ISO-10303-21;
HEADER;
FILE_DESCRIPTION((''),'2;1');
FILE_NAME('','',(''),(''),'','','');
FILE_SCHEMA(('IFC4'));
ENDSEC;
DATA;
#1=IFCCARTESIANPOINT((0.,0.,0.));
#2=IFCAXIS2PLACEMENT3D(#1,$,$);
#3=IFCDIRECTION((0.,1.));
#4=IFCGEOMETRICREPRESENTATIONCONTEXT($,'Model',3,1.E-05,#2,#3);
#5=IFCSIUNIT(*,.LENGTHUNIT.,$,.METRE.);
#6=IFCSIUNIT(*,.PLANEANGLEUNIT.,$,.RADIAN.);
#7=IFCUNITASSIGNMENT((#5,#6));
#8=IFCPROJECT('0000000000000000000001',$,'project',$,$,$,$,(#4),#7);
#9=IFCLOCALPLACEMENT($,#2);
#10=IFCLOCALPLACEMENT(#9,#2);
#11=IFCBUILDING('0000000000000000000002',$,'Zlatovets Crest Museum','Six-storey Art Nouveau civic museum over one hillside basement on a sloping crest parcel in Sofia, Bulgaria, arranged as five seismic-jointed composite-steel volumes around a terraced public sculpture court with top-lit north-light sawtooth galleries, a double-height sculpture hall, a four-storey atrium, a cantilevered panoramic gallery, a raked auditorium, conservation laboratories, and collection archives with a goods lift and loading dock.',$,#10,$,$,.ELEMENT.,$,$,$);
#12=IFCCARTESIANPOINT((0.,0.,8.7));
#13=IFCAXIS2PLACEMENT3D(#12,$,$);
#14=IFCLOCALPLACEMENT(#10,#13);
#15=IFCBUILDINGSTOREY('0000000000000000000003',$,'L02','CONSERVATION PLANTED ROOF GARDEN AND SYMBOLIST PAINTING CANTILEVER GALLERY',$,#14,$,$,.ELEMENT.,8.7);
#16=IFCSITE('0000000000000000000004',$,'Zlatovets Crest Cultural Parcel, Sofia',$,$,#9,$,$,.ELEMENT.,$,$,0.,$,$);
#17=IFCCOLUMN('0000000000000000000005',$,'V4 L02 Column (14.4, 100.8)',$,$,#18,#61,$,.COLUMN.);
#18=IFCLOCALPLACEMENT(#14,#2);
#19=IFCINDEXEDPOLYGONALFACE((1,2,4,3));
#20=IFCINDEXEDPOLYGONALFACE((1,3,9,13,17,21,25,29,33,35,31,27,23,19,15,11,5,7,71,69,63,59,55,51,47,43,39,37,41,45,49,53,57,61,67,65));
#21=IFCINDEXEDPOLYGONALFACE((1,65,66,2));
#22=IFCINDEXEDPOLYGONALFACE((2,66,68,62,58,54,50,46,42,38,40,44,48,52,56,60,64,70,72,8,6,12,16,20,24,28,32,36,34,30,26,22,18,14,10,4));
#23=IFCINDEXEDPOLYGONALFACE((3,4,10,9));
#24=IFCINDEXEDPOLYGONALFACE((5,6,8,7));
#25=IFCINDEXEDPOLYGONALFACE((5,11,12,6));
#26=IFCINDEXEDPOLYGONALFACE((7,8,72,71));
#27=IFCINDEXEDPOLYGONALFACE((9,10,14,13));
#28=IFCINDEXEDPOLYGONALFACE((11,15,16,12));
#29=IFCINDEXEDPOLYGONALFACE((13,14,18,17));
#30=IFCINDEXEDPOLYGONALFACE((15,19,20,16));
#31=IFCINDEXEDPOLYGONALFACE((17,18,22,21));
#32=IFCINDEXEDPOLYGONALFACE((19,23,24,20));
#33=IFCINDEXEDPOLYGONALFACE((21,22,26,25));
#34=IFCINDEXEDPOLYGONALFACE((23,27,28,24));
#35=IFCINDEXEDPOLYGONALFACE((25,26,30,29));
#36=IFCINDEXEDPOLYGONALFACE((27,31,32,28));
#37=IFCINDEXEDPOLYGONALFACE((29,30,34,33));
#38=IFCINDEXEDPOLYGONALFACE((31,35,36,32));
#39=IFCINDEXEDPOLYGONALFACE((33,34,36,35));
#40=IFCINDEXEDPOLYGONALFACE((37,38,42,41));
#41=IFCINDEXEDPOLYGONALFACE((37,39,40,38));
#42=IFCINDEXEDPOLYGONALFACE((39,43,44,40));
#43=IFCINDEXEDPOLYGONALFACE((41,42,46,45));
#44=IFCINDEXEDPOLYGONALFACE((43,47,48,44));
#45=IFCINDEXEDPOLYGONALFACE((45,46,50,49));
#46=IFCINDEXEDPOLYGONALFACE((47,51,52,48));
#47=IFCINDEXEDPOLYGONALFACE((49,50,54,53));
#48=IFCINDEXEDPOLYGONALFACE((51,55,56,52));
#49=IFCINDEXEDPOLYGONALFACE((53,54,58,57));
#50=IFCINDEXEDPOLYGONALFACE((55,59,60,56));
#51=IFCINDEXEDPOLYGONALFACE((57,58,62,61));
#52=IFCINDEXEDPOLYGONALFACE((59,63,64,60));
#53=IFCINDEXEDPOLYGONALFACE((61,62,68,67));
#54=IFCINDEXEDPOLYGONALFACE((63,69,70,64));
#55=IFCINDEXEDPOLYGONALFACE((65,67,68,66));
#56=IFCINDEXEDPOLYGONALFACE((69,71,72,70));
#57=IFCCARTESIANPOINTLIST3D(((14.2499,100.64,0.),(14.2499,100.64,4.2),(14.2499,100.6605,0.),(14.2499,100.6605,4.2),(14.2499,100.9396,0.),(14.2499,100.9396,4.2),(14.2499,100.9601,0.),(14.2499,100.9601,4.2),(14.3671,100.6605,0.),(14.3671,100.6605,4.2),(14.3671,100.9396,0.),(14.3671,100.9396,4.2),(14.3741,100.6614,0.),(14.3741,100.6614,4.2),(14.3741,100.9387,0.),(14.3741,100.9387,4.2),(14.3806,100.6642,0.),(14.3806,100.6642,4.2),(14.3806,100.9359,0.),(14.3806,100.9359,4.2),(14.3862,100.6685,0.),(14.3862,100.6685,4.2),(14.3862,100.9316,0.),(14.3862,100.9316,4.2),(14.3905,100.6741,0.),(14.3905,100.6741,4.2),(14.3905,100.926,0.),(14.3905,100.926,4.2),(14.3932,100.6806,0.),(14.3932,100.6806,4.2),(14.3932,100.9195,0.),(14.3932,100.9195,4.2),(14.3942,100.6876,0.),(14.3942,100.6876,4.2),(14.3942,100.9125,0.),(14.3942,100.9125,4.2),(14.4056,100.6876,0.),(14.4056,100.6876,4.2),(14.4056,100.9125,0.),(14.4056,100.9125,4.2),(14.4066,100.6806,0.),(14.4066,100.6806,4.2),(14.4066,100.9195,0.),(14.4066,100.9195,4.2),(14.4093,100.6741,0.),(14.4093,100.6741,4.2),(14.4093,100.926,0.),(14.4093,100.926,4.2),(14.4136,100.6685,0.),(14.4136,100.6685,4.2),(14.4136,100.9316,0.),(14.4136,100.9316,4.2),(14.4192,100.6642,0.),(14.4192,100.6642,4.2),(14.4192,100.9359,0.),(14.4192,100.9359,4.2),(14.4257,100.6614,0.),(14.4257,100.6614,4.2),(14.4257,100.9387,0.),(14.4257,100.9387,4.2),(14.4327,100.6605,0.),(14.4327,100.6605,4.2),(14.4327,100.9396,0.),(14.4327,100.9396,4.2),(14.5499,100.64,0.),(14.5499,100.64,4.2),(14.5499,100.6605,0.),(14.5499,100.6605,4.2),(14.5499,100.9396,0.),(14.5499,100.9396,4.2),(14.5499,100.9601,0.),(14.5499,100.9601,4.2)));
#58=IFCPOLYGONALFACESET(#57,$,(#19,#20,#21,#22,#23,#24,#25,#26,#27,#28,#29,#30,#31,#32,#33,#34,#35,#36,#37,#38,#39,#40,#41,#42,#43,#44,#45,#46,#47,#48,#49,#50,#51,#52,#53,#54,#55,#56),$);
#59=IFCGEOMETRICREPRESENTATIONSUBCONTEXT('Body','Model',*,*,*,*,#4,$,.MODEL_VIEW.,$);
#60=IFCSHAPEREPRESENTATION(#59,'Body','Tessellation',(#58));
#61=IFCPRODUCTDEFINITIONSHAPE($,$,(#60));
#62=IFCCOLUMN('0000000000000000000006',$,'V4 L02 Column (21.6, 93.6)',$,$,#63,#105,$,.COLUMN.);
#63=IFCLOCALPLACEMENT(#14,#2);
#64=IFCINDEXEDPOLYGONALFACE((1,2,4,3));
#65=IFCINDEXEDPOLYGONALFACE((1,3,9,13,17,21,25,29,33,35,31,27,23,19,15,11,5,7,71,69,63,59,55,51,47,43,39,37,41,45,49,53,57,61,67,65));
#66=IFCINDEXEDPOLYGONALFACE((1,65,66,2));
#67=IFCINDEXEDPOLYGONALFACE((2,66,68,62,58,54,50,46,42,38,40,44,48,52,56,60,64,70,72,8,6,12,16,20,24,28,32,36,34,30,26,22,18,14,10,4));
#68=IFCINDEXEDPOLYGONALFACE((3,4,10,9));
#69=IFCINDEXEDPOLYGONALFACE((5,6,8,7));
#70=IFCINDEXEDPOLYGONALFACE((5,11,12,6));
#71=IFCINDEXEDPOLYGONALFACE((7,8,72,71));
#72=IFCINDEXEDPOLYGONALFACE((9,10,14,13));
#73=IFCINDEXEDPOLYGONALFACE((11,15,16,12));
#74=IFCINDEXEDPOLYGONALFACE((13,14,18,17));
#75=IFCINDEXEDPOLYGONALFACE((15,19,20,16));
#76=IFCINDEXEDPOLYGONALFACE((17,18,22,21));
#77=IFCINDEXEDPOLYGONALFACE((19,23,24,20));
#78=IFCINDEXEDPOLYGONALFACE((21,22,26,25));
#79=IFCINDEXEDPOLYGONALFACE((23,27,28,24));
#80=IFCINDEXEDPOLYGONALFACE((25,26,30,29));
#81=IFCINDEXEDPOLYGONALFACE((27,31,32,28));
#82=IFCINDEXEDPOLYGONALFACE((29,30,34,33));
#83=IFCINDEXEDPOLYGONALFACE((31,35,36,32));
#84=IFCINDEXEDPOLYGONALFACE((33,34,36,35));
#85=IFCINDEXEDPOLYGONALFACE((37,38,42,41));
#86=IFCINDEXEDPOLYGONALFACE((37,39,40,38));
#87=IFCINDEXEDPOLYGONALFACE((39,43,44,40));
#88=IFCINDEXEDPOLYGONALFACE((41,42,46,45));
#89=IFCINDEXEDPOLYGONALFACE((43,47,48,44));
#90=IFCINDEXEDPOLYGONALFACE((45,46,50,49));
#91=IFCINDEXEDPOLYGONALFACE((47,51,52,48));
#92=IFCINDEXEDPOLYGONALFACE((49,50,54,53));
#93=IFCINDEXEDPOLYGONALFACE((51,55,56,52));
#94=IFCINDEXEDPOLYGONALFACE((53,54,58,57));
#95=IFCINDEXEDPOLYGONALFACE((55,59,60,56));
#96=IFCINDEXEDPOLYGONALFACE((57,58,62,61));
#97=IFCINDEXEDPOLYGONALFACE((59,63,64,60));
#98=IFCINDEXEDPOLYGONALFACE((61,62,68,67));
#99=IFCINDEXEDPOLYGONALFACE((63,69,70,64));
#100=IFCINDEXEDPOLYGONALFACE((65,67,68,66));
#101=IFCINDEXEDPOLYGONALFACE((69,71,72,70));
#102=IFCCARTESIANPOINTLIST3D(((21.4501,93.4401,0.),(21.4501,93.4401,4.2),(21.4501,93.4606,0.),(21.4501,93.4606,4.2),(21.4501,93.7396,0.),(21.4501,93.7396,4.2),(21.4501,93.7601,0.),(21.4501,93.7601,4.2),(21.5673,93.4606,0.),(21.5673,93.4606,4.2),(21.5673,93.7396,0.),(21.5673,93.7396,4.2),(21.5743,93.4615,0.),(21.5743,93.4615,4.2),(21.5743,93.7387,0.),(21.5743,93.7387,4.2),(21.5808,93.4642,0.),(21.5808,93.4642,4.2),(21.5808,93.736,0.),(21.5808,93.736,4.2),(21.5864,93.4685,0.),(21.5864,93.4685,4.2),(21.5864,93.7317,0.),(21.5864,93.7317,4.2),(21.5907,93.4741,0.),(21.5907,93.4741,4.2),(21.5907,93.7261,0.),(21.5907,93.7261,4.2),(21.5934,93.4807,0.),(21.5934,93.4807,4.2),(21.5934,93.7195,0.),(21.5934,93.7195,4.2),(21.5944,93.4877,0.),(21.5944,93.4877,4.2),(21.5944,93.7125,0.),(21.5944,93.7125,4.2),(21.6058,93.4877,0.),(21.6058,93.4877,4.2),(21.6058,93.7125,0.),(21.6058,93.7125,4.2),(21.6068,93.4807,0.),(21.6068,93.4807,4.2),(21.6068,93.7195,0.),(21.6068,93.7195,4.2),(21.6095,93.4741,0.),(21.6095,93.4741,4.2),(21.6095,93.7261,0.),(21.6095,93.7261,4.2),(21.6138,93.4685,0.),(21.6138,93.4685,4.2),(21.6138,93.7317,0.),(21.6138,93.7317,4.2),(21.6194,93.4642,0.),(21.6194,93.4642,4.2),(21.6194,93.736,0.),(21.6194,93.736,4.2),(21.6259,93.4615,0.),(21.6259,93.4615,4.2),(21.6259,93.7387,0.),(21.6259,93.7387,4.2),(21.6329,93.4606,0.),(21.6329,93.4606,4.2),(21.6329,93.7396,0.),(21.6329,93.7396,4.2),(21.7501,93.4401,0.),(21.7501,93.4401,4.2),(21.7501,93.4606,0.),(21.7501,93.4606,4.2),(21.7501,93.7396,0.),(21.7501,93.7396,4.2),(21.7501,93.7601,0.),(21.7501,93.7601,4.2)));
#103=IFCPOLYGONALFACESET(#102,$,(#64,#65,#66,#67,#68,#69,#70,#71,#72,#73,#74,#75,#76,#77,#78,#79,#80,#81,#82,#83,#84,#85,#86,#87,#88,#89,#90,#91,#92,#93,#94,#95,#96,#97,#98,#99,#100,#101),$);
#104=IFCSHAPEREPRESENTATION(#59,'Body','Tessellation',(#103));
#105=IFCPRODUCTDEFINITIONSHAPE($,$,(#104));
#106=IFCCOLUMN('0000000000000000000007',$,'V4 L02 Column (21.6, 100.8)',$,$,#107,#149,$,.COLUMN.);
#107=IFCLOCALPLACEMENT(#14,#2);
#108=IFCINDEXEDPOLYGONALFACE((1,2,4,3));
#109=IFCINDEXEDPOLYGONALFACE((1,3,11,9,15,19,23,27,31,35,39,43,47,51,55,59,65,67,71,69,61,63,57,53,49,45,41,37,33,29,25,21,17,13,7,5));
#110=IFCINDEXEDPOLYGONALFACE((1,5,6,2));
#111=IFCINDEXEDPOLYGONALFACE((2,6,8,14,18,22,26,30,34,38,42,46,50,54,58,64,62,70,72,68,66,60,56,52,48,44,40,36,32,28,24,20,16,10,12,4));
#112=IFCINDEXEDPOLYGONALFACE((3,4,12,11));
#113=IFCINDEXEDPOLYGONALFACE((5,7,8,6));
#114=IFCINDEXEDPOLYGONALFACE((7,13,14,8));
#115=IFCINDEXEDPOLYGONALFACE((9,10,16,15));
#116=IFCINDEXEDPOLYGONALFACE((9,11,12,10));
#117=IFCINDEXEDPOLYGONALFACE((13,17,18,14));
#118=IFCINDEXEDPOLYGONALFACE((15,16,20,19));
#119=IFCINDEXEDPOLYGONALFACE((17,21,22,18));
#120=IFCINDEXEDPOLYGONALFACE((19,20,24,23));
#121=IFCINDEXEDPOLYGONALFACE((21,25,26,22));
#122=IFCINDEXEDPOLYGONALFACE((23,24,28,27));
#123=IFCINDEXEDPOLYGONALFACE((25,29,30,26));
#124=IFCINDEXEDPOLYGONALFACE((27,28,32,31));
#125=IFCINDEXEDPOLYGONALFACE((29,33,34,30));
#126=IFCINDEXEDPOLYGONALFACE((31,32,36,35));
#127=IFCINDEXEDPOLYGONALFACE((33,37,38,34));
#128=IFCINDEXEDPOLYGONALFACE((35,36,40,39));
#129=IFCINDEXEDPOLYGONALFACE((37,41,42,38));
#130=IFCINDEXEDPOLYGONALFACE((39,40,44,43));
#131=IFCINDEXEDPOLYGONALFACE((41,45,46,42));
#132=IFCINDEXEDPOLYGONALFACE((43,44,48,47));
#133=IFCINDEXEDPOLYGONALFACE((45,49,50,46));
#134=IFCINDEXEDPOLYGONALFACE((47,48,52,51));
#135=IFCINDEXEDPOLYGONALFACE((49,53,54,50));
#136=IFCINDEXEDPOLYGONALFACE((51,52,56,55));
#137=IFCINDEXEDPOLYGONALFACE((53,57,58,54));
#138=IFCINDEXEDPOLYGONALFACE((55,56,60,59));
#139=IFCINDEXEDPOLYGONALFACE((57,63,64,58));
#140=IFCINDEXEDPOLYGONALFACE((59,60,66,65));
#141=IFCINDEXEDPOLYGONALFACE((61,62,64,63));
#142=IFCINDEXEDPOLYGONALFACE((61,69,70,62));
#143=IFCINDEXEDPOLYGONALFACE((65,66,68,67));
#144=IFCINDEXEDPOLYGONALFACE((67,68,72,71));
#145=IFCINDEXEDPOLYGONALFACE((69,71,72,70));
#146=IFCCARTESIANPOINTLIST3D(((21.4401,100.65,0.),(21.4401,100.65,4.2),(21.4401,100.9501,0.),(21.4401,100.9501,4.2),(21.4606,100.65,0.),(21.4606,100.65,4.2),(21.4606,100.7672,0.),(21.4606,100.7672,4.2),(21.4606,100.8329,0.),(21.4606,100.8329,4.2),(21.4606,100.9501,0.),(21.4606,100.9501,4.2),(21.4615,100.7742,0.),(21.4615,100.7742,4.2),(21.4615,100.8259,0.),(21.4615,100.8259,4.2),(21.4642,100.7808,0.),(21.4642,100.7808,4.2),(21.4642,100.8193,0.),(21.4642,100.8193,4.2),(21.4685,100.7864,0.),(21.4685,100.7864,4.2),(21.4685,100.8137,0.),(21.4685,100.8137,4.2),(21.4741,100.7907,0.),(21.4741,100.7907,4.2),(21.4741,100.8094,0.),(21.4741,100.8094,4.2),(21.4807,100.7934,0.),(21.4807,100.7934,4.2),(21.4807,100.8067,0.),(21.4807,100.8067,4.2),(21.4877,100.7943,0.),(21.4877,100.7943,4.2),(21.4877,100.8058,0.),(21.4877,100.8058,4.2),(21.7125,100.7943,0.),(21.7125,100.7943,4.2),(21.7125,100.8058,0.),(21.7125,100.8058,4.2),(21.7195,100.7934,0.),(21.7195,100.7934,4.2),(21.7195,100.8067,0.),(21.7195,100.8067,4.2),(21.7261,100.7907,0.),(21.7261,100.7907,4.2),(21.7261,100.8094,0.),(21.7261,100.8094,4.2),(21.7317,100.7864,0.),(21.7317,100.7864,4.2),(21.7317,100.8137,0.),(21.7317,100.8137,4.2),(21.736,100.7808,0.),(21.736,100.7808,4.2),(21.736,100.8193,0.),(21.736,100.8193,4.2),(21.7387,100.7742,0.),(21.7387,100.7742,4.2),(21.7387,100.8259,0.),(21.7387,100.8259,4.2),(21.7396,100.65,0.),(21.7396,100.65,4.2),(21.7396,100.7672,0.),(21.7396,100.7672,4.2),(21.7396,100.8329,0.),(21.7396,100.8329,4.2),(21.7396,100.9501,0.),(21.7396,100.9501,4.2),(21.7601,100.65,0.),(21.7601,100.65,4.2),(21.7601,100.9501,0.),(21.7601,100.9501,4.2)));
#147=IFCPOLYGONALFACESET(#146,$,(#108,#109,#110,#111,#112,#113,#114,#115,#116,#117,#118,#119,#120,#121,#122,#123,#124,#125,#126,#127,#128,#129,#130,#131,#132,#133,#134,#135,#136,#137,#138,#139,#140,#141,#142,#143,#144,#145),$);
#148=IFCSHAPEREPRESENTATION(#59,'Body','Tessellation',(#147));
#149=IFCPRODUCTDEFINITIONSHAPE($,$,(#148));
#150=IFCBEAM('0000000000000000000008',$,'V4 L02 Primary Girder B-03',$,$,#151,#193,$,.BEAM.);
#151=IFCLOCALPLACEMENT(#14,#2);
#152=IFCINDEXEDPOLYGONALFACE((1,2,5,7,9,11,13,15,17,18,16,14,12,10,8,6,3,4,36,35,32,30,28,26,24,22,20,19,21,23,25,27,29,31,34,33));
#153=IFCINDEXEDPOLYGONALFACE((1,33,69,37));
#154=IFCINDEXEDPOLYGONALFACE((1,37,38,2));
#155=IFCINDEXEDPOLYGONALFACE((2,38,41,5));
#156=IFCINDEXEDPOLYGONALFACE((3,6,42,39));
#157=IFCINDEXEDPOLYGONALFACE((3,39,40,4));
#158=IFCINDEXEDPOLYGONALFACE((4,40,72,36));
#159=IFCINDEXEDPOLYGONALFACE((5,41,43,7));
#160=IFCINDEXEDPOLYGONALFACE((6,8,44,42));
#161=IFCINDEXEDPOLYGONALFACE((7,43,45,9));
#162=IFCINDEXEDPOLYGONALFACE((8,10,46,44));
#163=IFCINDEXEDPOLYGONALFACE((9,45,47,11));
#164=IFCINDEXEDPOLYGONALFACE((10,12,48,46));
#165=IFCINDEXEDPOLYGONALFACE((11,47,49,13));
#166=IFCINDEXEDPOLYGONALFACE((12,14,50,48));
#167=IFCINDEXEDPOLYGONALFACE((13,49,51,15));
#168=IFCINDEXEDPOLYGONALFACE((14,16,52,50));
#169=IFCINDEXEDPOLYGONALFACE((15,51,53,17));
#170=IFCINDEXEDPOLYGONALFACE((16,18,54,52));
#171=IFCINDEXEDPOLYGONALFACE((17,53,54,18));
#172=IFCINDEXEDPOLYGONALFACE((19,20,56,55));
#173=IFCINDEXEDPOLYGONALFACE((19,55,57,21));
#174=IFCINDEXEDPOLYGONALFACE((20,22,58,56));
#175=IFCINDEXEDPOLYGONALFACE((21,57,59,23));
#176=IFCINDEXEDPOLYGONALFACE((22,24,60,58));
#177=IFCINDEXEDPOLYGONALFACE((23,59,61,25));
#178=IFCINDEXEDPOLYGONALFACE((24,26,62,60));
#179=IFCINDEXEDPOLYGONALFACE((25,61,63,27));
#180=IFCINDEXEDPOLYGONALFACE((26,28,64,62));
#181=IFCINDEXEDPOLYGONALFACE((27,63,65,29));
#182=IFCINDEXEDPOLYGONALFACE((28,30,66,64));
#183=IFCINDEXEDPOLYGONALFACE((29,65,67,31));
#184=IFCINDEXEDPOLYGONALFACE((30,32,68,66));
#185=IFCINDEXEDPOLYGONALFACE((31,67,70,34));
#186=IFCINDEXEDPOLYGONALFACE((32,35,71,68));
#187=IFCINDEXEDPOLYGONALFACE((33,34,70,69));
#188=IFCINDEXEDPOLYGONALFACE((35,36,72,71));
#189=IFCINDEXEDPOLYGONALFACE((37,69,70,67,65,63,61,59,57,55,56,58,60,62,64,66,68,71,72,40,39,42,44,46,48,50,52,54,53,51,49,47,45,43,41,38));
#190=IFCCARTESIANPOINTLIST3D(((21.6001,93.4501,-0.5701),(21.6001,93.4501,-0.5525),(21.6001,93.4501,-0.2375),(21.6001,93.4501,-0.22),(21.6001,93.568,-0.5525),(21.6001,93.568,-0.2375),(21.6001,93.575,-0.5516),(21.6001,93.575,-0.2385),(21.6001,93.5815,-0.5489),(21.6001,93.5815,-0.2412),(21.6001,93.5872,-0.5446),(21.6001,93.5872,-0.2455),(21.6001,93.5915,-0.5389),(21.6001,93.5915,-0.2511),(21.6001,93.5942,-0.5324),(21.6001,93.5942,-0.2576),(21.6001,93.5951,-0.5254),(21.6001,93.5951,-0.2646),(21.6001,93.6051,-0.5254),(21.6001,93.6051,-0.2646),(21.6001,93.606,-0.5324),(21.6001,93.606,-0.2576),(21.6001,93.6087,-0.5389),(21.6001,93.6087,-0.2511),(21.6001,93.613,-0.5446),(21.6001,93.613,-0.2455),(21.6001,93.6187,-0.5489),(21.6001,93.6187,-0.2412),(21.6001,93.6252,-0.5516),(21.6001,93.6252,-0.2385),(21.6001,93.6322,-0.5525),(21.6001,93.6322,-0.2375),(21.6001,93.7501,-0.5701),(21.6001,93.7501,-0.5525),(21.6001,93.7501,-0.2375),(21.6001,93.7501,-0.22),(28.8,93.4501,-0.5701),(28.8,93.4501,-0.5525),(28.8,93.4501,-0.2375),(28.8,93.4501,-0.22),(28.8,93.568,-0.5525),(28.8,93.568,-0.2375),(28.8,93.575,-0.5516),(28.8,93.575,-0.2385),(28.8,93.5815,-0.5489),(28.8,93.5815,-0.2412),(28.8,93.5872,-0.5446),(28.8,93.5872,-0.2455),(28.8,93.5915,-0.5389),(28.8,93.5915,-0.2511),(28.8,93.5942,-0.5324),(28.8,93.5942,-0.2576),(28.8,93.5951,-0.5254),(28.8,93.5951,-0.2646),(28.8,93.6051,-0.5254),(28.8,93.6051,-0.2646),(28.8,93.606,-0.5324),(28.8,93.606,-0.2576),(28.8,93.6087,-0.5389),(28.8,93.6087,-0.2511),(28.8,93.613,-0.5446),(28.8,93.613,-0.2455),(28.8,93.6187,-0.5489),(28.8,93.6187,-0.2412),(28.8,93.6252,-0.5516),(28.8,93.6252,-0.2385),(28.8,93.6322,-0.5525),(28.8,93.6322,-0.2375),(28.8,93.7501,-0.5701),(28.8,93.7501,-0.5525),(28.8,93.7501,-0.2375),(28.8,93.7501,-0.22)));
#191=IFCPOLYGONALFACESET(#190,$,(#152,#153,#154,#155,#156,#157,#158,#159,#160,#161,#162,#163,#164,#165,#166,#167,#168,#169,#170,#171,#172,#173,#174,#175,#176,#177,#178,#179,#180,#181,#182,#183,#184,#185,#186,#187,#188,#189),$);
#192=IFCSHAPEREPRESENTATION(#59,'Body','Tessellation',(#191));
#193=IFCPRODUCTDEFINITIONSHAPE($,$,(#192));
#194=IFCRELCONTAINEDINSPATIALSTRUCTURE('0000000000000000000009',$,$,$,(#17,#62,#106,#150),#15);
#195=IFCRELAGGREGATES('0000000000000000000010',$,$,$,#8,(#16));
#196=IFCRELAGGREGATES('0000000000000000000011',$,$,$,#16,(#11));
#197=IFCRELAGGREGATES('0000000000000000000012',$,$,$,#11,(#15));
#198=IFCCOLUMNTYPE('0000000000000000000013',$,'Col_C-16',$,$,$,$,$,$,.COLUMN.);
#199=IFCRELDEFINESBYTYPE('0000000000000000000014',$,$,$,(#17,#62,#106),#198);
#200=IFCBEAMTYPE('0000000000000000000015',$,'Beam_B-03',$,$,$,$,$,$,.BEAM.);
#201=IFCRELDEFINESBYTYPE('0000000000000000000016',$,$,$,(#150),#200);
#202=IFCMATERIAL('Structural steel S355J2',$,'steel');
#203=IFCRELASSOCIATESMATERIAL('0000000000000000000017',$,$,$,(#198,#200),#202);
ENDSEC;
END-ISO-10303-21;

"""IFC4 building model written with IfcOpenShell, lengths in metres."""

from ifc_helpers import new_model, si_unit, direction, frame, origin, origin_2d, place, context, subcontext, project, spatial, i_section, extrude, material, material_profile, profile_set, type_object, element, save


model = new_model("IFC4")

# Units and contexts
model_context = context("Model", 3, precision=1e-05, world=origin(), true_north=direction((0.0, 1.0)))
body_context = subcontext(model_context, "Body", "Model", "MODEL_VIEW")
ifc_project = project(units=[si_unit("LENGTHUNIT", "METRE"), si_unit("PLANEANGLEUNIT", "RADIAN")], contexts=[model_context])

# Site, building, storey
site_placement = place(None, origin())
site = spatial("IfcSite", under=ifc_project, at=site_placement, Name="Zlatovets Crest Cultural Parcel, Sofia", CompositionType="ELEMENT", RefElevation=0.0)
building_placement = place(site_placement, origin())
building = spatial("IfcBuilding", under=site, at=building_placement, Name="Zlatovets Crest Museum", Description="Six-storey Art Nouveau civic museum over one hillside basement on a sloping crest parcel in Sofia, Bulgaria, arranged as five seismic-jointed composite-steel volumes around a terraced public sculpture court with top-lit north-light sawtooth galleries, a double-height sculpture hall, a four-storey atrium, a cantilevered panoramic gallery, a raked auditorium, conservation laboratories, and collection archives with a goods lift and loading dock.", CompositionType="ELEMENT")
storey_placement = place(building_placement, frame((0.0, 0.0, 8.7)))
storey = spatial("IfcBuildingStorey", under=building, at=storey_placement, Name="L02", Description="CONSERVATION PLANTED ROOF GARDEN AND SYMBOLIST PAINTING CANTILEVER GALLERY", CompositionType="ELEMENT", Elevation=8.7)

# Columns
ifc_material_1 = material(Name="Structural steel S355J2", Category="steel")
ifc_material_profile_1 = material_profile(ifc_material_1, i_section(OverallWidth=0.3, OverallDepth=0.3201, WebThickness=0.0115, FlangeThickness=0.0205, FilletRadius=0.0271, at=origin_2d()), Name="HEB 320")
ifc_profile_set_1 = profile_set([ifc_material_profile_1], Name="Structural steel S355J2")
column_type = type_object("IfcColumnType", Name="Col_C-16", PredefinedType="COLUMN", material=ifc_profile_set_1)
for number, where, z_axis, x_axis, name in (
    (1, (14.3999, 100.8, 0.0), (0.0, 0.0, 1.0), (1.0, 0.0, 0.0), "V4 L02 Column (14.4, 100.8)"),
    (2, (21.6001, 93.6001, 0.0), (0.0, 0.0, 1.0), (1.0, 0.0, 0.0), "V4 L02 Column (21.6, 93.6)"),
    (3, (21.6001, 100.8, 0.0), (0.0, 0.0, 1.0), (0.0, 1.0, 0.0), "V4 L02 Column (21.6, 100.8)"),
):
    element("IfcColumn", number, at=place(storey_placement, frame(where, z_axis=z_axis, x_axis=x_axis)), inside=storey, type_object=column_type, Name=name, PredefinedType="COLUMN", context=body_context, shape_type="SweptSolid", body=[
        extrude(i_section(OverallWidth=0.3, OverallDepth=0.3201, WebThickness=0.0115, FlangeThickness=0.0205, FilletRadius=0.0271, at=origin_2d()), origin(), (0.0, 0.0, 1.0), 4.2),
    ])

# Beam
ifc_material_profile_2 = material_profile(ifc_material_1, i_section(OverallWidth=0.3, OverallDepth=0.3501, WebThickness=0.01, FlangeThickness=0.0176, FilletRadius=0.0271, at=origin_2d()), Name="HEA 360")
ifc_profile_set_2 = profile_set([ifc_material_profile_2], Name="Structural steel S355J2")
beam_type_1 = type_object("IfcBeamType", Name="Beam_B-03", PredefinedType="BEAM", material=ifc_profile_set_2)
for number, where, z_axis, x_axis, name in (
    (4, (21.6001, 93.6001, -0.395), (1.0, 0.0, 0.0), (0.0, 1.0, 0.0), "V4 L02 Primary Girder B-03"),
):
    element("IfcBeam", number, at=place(storey_placement, frame(where, z_axis=z_axis, x_axis=x_axis)), inside=storey, type_object=beam_type_1, Name=name, PredefinedType="BEAM", context=body_context, shape_type="SweptSolid", body=[
        extrude(i_section(OverallWidth=0.3, OverallDepth=0.3501, WebThickness=0.01, FlangeThickness=0.0176, FilletRadius=0.0271, at=origin_2d()), origin(), (0.0, 0.0, 1.0), 7.2),
    ])

save(model, "model.ifc")
